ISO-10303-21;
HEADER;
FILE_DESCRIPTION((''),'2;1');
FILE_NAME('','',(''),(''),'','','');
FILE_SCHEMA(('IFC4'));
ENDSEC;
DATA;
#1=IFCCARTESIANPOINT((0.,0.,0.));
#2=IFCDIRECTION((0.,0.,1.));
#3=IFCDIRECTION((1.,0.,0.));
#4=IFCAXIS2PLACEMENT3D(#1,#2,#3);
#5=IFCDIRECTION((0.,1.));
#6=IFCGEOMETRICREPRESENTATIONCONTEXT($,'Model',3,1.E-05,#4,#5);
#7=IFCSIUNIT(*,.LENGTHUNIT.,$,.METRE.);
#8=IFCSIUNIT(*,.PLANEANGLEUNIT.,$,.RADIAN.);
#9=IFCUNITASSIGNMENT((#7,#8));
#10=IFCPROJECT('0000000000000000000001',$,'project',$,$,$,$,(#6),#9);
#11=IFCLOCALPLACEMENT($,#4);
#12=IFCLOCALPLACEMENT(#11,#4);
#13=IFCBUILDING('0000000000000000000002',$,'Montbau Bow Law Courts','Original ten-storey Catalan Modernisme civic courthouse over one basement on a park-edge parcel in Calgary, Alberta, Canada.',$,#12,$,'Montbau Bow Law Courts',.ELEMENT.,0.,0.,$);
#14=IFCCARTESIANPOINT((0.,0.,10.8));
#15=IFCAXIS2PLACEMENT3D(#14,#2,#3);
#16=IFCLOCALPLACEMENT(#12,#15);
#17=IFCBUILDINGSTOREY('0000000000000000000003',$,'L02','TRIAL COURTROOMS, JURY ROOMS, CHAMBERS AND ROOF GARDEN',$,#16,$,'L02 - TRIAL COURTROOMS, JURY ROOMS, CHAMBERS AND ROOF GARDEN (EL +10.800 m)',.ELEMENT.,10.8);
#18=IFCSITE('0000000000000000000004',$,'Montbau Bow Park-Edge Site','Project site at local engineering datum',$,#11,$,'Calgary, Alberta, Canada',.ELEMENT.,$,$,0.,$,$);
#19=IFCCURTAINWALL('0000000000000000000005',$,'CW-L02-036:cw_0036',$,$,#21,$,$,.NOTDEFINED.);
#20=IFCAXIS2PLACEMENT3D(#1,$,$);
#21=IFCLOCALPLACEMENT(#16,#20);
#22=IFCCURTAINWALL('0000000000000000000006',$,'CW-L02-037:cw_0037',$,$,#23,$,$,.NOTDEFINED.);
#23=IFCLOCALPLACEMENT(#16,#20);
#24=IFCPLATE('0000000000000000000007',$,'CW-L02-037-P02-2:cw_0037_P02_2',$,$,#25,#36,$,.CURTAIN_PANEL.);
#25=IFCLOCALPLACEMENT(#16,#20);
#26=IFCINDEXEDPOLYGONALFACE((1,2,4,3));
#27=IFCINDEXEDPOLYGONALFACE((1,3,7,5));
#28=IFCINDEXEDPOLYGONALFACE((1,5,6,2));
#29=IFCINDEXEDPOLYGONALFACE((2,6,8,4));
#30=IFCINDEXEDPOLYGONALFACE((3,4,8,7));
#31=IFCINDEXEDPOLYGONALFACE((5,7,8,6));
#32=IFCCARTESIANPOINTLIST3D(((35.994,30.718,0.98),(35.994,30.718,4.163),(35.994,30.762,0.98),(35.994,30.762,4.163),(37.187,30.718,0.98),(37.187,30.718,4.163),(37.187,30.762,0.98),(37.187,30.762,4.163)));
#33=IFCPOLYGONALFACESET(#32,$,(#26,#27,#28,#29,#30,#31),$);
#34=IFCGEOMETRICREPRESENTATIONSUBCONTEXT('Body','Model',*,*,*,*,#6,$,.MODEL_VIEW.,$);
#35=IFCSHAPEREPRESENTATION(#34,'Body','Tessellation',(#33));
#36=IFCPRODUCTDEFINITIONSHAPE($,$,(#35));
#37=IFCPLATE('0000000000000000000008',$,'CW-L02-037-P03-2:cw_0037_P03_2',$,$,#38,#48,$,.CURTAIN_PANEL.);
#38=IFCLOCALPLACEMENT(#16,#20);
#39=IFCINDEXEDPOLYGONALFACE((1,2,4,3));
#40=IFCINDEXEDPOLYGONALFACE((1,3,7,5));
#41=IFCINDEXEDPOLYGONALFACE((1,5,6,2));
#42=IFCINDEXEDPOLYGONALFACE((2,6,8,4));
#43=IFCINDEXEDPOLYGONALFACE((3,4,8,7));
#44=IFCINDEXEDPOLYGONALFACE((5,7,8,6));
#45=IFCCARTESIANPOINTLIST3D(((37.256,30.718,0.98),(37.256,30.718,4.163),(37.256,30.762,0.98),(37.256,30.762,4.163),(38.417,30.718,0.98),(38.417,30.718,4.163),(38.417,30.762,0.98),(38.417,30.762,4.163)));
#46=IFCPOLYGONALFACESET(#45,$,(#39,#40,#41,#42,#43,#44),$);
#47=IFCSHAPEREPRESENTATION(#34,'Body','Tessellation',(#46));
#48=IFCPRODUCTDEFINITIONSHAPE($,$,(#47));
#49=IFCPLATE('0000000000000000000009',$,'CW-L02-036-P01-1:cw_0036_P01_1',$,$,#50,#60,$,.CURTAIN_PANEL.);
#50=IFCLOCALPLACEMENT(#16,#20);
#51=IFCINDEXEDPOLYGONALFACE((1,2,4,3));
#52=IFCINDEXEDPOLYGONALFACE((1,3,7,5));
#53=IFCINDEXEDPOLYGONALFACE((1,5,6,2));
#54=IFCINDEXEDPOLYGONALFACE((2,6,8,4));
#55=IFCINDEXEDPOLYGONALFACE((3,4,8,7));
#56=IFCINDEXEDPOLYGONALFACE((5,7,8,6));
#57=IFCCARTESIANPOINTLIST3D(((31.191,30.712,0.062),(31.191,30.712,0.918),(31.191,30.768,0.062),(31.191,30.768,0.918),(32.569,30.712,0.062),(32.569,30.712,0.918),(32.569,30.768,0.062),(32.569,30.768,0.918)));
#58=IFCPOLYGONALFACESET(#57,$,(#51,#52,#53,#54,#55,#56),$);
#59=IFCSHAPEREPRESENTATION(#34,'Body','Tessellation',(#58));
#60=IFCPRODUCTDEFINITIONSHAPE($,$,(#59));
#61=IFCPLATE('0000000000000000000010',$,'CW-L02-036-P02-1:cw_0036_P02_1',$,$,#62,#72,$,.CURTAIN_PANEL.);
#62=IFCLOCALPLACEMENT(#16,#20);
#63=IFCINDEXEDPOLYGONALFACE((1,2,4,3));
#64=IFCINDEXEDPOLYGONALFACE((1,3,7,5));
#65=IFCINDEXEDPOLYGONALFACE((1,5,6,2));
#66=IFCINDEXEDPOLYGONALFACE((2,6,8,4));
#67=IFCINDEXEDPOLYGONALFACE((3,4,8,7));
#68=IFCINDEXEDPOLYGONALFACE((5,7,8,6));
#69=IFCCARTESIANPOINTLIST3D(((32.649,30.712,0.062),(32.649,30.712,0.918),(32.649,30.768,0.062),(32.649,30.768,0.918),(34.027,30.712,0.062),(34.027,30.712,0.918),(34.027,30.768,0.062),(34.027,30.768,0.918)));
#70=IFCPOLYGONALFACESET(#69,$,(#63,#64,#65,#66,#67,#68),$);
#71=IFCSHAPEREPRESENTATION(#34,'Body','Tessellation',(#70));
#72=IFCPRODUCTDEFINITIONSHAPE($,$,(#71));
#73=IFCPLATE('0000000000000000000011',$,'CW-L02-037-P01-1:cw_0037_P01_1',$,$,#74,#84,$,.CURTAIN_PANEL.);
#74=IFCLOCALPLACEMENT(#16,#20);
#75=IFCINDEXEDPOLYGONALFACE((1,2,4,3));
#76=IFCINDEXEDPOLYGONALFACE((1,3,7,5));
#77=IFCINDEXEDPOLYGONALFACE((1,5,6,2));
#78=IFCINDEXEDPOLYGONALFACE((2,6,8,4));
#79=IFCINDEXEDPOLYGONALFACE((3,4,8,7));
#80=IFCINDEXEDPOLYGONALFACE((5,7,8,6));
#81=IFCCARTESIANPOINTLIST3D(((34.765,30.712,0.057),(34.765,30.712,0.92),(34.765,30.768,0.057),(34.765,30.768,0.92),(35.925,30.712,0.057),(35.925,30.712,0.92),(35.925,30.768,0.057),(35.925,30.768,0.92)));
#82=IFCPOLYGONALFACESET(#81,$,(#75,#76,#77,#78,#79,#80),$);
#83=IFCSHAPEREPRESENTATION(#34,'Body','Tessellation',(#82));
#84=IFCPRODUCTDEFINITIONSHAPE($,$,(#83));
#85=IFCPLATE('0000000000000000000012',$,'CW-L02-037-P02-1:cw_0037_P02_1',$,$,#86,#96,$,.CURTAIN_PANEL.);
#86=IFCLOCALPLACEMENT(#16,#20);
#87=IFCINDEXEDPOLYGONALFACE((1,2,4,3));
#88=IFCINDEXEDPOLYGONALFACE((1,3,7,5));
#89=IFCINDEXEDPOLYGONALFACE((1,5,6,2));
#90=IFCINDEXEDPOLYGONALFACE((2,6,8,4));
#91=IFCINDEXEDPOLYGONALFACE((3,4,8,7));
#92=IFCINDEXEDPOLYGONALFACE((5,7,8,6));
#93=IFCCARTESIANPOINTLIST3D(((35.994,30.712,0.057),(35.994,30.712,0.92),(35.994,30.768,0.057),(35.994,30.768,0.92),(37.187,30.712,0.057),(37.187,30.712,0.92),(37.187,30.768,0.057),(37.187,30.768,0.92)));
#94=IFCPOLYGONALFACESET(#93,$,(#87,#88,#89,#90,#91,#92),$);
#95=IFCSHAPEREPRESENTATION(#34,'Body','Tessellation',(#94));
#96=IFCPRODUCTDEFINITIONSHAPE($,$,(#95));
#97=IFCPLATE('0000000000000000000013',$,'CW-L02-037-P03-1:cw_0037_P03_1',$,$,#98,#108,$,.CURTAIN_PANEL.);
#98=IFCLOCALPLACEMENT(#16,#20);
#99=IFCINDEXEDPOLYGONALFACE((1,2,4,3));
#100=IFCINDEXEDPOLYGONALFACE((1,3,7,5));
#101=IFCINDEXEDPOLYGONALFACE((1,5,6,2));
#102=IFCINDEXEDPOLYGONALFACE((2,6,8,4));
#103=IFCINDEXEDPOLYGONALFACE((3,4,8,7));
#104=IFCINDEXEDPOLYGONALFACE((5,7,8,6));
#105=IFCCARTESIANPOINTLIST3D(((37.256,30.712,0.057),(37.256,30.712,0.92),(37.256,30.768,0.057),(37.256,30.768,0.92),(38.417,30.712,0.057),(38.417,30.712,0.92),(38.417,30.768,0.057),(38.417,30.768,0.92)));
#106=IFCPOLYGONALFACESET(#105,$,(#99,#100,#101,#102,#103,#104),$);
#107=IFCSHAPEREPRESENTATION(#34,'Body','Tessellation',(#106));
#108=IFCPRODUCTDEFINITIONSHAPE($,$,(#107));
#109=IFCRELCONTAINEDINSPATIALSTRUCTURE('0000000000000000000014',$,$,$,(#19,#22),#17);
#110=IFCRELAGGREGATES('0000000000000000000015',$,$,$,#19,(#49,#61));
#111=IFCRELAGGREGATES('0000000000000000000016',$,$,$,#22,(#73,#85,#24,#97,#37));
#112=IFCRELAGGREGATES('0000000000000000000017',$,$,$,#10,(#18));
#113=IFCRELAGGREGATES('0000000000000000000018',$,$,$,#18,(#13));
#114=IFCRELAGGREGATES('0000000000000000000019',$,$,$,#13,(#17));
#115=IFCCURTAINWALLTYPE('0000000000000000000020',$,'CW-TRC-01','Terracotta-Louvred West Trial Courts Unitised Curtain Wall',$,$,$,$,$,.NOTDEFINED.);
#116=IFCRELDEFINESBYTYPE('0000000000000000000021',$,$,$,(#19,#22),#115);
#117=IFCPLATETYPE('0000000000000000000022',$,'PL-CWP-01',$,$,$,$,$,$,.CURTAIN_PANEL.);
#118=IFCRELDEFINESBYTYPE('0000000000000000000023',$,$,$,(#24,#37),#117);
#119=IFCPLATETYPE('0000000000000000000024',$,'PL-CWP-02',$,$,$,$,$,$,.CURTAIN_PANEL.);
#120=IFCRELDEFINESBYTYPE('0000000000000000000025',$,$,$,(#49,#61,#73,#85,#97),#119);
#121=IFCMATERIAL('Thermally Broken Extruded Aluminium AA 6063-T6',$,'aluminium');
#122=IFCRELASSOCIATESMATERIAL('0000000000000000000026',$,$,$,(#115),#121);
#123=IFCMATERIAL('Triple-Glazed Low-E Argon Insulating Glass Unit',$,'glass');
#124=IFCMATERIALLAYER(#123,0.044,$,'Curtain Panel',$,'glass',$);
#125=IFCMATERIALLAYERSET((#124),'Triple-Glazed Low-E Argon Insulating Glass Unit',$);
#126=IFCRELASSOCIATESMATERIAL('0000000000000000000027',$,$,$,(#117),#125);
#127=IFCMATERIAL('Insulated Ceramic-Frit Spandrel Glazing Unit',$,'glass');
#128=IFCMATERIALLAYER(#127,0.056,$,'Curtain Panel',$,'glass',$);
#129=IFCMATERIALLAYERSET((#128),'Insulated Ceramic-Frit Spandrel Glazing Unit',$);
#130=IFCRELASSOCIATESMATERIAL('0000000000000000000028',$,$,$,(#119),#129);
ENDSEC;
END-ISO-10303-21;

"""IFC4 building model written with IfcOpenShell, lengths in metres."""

from ifc_helpers import new_model, si_unit, direction, frame, frame_2d, origin_with_axes, place, context, subcontext, project, spatial, rectangle, extrude, material, layer, layer_set, type_object, element, aggregate, save


model = new_model("IFC4")

# Units and contexts
model_context = context("Model", 3, precision=1e-05, world=origin_with_axes(), true_north=direction((0.0, 1.0)))
body_context = subcontext(model_context, "Body", "Model", "MODEL_VIEW")
ifc_project = project(units=[si_unit("LENGTHUNIT", "METRE"), si_unit("PLANEANGLEUNIT", "RADIAN")], contexts=[model_context])

# Site, building, storey
site_placement = place(None, origin_with_axes())
site = spatial("IfcSite", under=ifc_project, at=site_placement, Name="Montbau Bow Park-Edge Site", Description="Project site at local engineering datum", LongName="Calgary, Alberta, Canada", CompositionType="ELEMENT", RefElevation=0.0)
building_placement = place(site_placement, origin_with_axes())
building = spatial("IfcBuilding", under=site, at=building_placement, Name="Montbau Bow Law Courts", Description="Original ten-storey Catalan Modernisme civic courthouse over one basement on a park-edge parcel in Calgary, Alberta, Canada.", LongName="Montbau Bow Law Courts", CompositionType="ELEMENT", ElevationOfRefHeight=0.0, ElevationOfTerrain=0.0)
storey_placement = place(building_placement, frame((0.0, 0.0, 10.8), z_axis=(0.0, 0.0, 1.0), x_axis=(1.0, 0.0, 0.0)))
storey = spatial("IfcBuildingStorey", under=building, at=storey_placement, Name="L02", Description="TRIAL COURTROOMS, JURY ROOMS, CHAMBERS AND ROOF GARDEN", LongName="L02 - TRIAL COURTROOMS, JURY ROOMS, CHAMBERS AND ROOF GARDEN (EL +10.800 m)", CompositionType="ELEMENT", Elevation=10.8)

# Curtain walls
ifc_material_1 = material(Name="Thermally Broken Extruded Aluminium AA 6063-T6", Category="aluminium")
curtain_wall_type = type_object("IfcCurtainWallType", Name="CW-TRC-01", Description="Terracotta-Louvred West Trial Courts Unitised Curtain Wall", PredefinedType="NOTDEFINED", material=ifc_material_1)
curtain_wall_1_placement = place(None, frame((31.115, 30.74, 10.8), z_axis=(0.0, 0.0, 1.0), x_axis=(1.0, 0.0, 0.0)))
curtain_wall_1 = element("IfcCurtainWall", 1, at=curtain_wall_1_placement, inside=storey, type_object=curtain_wall_type, Name="CW-L02-036:cw_0036", PredefinedType="NOTDEFINED")
curtain_wall_2_placement = place(None, frame((34.697, 30.74, 10.8), z_axis=(0.0, 0.0, 1.0), x_axis=(1.0, 0.0, 0.0)))
curtain_wall_2 = element("IfcCurtainWall", 2, at=curtain_wall_2_placement, inside=storey, type_object=curtain_wall_type, Name="CW-L02-037:cw_0037", PredefinedType="NOTDEFINED")

# Plates
ifc_material_2 = material(Name="Triple-Glazed Low-E Argon Insulating Glass Unit", Category="glass")
ifc_layer_1 = layer(ifc_material_2, 0.044, Name="Curtain Panel", Category="glass")
ifc_layer_set_1 = layer_set([ifc_layer_1], Name="Triple-Glazed Low-E Argon Insulating Glass Unit")
plate_type_1 = type_object("IfcPlateType", Name="PL-CWP-01", PredefinedType="CURTAIN_PANEL", material=ifc_layer_set_1)
plate_1_placement = place(None, frame((35.994, 30.74, 11.78), z_axis=(0.0, -1.0, 0.0), x_axis=(1.0, 0.0, 0.0)))
plate_1 = element("IfcPlate", 3, at=plate_1_placement, type_object=plate_type_1, Name="CW-L02-037-P02-2:cw_0037_P02_2", PredefinedType="CURTAIN_PANEL", context=body_context, shape_type="SweptSolid", body=[
    extrude(rectangle(XDim=1.193, YDim=3.183, at=frame_2d((0.5965, 1.5915), x_axis=(1.0, 0.0))), frame((0.0, 0.0, -0.022), z_axis=(0.0, 0.0, 1.0), x_axis=(1.0, 0.0, 0.0)), (0.0, 0.0, 1.0), 0.044),
])
plate_2_placement = place(None, frame((37.256, 30.74, 11.78), z_axis=(0.0, -1.0, 0.0), x_axis=(1.0, 0.0, 0.0)))
plate_2 = element("IfcPlate", 4, at=plate_2_placement, type_object=plate_type_1, Name="CW-L02-037-P03-2:cw_0037_P03_2", PredefinedType="CURTAIN_PANEL", context=body_context, shape_type="SweptSolid", body=[
    extrude(rectangle(XDim=1.161, YDim=3.183, at=frame_2d((0.5805, 1.5915), x_axis=(1.0, 0.0))), frame((0.0, 0.0, -0.022), z_axis=(0.0, 0.0, 1.0), x_axis=(1.0, 0.0, 0.0)), (0.0, 0.0, 1.0), 0.044),
])
ifc_material_3 = material(Name="Insulated Ceramic-Frit Spandrel Glazing Unit", Category="glass")
ifc_layer_2 = layer(ifc_material_3, 0.056, Name="Curtain Panel", Category="glass")
ifc_layer_set_2 = layer_set([ifc_layer_2], Name="Insulated Ceramic-Frit Spandrel Glazing Unit")
plate_type_2 = type_object("IfcPlateType", Name="PL-CWP-02", PredefinedType="CURTAIN_PANEL", material=ifc_layer_set_2)
plate_3_placement = place(None, frame((31.191, 30.74, 10.862), z_axis=(0.0, -1.0, 0.0), x_axis=(1.0, 0.0, 0.0)))
plate_3 = element("IfcPlate", 5, at=plate_3_placement, type_object=plate_type_2, Name="CW-L02-036-P01-1:cw_0036_P01_1", PredefinedType="CURTAIN_PANEL", context=body_context, shape_type="SweptSolid", body=[
    extrude(rectangle(XDim=1.378, YDim=0.856, at=frame_2d((0.689, 0.428), x_axis=(1.0, 0.0))), frame((0.0, 0.0, -0.028), z_axis=(0.0, 0.0, 1.0), x_axis=(1.0, 0.0, 0.0)), (0.0, 0.0, 1.0), 0.056),
])
plate_4_placement = place(None, frame((32.649, 30.74, 10.862), z_axis=(0.0, -1.0, 0.0), x_axis=(1.0, 0.0, 0.0)))
plate_4 = element("IfcPlate", 6, at=plate_4_placement, type_object=plate_type_2, Name="CW-L02-036-P02-1:cw_0036_P02_1", PredefinedType="CURTAIN_PANEL", context=body_context, shape_type="SweptSolid", body=[
    extrude(rectangle(XDim=1.378, YDim=0.856, at=frame_2d((0.689, 0.428), x_axis=(1.0, 0.0))), frame((0.0, 0.0, -0.028), z_axis=(0.0, 0.0, 1.0), x_axis=(1.0, 0.0, 0.0)), (0.0, 0.0, 1.0), 0.056),
])
aggregate(curtain_wall_1, [plate_3, plate_4])
plate_5_placement = place(None, frame((34.765, 30.74, 10.857), z_axis=(0.0, -1.0, 0.0), x_axis=(1.0, 0.0, 0.0)))
plate_5 = element("IfcPlate", 7, at=plate_5_placement, type_object=plate_type_2, Name="CW-L02-037-P01-1:cw_0037_P01_1", PredefinedType="CURTAIN_PANEL", context=body_context, shape_type="SweptSolid", body=[
    extrude(rectangle(XDim=1.16, YDim=0.863, at=frame_2d((0.58, 0.4315), x_axis=(1.0, 0.0))), frame((0.0, 0.0, -0.028), z_axis=(0.0, 0.0, 1.0), x_axis=(1.0, 0.0, 0.0)), (0.0, 0.0, 1.0), 0.056),
])
plate_6_placement = place(None, frame((35.994, 30.74, 10.857), z_axis=(0.0, -1.0, 0.0), x_axis=(1.0, 0.0, 0.0)))
plate_6 = element("IfcPlate", 8, at=plate_6_placement, type_object=plate_type_2, Name="CW-L02-037-P02-1:cw_0037_P02_1", PredefinedType="CURTAIN_PANEL", context=body_context, shape_type="SweptSolid", body=[
    extrude(rectangle(XDim=1.193, YDim=0.863, at=frame_2d((0.5965, 0.4315), x_axis=(1.0, 0.0))), frame((0.0, 0.0, -0.028), z_axis=(0.0, 0.0, 1.0), x_axis=(1.0, 0.0, 0.0)), (0.0, 0.0, 1.0), 0.056),
])
plate_7_placement = place(None, frame((37.256, 30.74, 10.857), z_axis=(0.0, -1.0, 0.0), x_axis=(1.0, 0.0, 0.0)))
plate_7 = element("IfcPlate", 9, at=plate_7_placement, type_object=plate_type_2, Name="CW-L02-037-P03-1:cw_0037_P03_1", PredefinedType="CURTAIN_PANEL", context=body_context, shape_type="SweptSolid", body=[
    extrude(rectangle(XDim=1.161, YDim=0.863, at=frame_2d((0.5805, 0.4315), x_axis=(1.0, 0.0))), frame((0.0, 0.0, -0.028), z_axis=(0.0, 0.0, 1.0), x_axis=(1.0, 0.0, 0.0)), (0.0, 0.0, 1.0), 0.056),
])
aggregate(curtain_wall_2, [plate_5, plate_6, plate_1, plate_7, plate_2])

save(model, "model.ifc")
